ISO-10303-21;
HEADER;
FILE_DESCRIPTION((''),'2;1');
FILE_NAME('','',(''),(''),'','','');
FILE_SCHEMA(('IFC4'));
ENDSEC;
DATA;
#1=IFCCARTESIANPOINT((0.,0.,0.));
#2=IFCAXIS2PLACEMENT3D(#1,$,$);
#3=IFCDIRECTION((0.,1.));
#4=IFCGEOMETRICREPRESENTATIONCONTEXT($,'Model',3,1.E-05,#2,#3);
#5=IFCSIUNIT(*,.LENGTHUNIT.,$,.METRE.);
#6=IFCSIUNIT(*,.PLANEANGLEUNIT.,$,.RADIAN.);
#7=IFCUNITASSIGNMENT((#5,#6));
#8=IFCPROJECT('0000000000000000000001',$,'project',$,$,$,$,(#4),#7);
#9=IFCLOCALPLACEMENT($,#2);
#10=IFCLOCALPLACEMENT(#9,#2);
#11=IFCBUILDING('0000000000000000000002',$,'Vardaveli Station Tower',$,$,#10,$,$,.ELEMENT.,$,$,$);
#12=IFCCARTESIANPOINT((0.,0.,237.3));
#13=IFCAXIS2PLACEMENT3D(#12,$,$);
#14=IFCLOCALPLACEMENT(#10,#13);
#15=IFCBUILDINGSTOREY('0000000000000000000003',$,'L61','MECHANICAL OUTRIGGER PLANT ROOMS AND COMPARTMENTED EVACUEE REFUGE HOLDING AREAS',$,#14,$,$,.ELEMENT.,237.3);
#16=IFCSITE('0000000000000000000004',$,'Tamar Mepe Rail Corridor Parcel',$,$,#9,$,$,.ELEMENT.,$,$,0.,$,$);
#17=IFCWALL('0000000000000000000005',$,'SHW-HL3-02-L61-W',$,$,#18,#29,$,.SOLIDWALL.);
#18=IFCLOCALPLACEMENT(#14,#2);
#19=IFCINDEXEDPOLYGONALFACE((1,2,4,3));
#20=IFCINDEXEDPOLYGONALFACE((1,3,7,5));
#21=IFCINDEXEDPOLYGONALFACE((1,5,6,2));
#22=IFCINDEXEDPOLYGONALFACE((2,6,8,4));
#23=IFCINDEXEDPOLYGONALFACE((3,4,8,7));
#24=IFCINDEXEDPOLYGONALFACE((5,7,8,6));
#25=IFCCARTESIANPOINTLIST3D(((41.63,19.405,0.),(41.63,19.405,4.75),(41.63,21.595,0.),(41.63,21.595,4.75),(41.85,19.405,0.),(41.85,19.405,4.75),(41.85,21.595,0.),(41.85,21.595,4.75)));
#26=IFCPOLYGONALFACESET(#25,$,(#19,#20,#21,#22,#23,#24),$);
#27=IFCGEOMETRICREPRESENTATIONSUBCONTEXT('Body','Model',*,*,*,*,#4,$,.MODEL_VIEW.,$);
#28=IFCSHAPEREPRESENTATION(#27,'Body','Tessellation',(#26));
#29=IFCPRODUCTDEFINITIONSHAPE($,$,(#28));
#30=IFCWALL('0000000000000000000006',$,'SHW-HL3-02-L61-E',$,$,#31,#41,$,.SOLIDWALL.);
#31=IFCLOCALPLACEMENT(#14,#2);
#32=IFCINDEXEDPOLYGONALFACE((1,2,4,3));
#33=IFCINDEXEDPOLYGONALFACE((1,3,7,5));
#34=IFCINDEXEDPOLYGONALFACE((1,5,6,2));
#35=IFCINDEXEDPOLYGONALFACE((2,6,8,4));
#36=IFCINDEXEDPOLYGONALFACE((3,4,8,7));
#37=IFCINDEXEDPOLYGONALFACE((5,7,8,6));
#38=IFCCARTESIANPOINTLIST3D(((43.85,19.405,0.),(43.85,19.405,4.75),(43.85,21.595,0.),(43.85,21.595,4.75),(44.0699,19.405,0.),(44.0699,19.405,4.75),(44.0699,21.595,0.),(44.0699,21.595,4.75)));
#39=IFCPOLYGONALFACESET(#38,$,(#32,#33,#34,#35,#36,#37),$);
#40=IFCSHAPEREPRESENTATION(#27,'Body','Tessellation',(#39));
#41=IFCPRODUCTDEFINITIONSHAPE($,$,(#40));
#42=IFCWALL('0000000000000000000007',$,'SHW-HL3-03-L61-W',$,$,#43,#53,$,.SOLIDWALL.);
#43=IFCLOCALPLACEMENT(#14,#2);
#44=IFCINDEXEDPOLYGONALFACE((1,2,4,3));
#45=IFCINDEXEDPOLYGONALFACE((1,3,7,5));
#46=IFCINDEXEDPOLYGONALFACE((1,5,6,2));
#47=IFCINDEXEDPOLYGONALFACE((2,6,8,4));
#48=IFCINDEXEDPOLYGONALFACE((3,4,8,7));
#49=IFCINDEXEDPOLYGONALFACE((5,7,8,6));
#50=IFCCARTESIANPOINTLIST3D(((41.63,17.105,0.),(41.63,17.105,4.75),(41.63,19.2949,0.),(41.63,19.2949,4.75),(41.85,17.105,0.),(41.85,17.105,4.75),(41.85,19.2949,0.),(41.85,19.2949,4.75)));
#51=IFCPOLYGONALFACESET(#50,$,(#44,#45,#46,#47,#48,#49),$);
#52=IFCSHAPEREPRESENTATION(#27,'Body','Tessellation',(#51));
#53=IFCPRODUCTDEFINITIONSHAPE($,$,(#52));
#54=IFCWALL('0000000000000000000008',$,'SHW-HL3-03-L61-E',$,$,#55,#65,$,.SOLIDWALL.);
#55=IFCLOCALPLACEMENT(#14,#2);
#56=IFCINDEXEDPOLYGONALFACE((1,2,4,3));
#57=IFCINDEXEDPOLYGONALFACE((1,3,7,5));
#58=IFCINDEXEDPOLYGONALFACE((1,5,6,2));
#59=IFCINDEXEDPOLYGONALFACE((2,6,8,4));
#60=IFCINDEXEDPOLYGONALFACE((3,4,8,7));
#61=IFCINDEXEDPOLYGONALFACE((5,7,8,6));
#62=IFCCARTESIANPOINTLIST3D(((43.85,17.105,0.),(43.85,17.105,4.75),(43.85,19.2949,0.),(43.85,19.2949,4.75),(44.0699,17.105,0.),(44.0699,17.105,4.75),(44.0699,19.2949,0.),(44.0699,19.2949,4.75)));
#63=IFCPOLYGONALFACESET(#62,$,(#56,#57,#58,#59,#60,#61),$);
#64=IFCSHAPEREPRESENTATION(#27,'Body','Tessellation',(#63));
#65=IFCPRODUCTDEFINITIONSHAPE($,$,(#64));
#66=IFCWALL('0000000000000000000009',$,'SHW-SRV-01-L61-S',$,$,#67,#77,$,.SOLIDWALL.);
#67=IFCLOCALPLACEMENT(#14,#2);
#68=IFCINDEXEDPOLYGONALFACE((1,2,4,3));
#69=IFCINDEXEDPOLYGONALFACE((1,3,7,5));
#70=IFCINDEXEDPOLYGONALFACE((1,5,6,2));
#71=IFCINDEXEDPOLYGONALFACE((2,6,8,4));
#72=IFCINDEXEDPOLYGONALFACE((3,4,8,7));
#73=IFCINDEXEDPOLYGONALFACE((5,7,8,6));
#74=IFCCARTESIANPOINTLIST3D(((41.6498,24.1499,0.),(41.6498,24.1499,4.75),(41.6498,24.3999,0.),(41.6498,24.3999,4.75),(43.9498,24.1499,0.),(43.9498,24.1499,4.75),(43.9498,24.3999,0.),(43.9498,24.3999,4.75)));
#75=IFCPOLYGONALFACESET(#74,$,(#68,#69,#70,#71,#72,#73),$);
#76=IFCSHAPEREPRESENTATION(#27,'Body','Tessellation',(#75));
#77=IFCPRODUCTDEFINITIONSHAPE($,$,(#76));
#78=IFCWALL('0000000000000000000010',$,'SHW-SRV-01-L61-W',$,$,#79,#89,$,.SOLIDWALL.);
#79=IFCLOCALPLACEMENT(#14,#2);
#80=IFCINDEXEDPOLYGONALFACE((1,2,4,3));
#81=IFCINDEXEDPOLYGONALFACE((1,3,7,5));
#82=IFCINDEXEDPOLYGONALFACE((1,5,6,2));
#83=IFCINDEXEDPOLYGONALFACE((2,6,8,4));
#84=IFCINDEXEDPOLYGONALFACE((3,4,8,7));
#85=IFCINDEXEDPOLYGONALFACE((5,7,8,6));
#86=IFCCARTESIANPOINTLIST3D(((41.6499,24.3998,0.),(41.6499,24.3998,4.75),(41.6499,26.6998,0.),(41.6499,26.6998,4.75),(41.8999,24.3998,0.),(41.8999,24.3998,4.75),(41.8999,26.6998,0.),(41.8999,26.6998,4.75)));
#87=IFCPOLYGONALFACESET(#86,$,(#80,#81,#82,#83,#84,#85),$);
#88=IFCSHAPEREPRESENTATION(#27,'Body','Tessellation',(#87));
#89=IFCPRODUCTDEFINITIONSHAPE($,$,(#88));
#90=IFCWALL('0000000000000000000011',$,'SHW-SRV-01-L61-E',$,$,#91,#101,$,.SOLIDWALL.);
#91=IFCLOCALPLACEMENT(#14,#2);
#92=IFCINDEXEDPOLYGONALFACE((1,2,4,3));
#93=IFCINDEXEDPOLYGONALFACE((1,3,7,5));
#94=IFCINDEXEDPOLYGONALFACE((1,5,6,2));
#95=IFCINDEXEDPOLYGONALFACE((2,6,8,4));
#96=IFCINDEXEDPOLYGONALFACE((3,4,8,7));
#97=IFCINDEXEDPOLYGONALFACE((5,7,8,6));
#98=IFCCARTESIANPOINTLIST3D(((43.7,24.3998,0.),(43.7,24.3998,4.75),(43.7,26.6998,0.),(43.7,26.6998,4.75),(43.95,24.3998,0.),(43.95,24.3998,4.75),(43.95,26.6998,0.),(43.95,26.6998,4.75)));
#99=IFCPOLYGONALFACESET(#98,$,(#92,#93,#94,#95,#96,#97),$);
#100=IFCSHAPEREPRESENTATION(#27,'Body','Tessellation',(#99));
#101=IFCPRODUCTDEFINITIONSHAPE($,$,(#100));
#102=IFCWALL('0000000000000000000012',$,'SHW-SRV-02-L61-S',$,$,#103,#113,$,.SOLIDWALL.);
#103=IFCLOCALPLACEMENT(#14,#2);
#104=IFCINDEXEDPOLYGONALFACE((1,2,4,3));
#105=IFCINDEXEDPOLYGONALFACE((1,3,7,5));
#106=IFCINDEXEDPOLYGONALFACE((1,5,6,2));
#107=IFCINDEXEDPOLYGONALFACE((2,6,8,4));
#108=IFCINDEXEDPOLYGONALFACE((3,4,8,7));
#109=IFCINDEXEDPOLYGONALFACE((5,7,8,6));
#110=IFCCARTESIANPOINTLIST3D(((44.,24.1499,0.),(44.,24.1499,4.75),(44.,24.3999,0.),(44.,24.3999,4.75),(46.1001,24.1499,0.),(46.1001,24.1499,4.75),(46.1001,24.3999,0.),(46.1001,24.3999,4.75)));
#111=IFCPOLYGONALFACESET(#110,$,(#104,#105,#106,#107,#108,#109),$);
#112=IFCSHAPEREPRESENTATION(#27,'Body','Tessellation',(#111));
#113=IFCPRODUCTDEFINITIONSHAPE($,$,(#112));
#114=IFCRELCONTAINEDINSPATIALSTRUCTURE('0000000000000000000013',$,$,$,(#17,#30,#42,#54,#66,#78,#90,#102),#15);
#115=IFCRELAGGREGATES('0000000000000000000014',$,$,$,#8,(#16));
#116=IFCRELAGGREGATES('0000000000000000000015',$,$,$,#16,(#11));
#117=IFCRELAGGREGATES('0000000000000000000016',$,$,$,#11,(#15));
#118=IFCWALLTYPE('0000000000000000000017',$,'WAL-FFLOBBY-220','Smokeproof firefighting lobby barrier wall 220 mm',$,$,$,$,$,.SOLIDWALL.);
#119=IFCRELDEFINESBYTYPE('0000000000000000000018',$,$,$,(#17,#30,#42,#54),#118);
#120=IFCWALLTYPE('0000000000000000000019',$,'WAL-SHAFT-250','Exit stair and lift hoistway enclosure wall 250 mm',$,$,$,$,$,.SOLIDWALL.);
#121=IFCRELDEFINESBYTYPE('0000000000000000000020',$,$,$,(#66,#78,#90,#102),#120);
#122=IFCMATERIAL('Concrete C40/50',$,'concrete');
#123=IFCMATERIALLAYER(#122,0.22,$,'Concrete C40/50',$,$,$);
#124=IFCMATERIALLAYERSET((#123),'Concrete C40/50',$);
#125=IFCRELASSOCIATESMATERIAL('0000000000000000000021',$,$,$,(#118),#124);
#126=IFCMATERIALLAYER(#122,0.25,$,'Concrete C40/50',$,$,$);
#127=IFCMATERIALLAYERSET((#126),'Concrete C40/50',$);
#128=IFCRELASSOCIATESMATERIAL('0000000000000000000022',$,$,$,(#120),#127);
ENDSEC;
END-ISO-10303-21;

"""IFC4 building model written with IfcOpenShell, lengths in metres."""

from ifc_helpers import new_model, si_unit, direction, frame, frame_2d, origin, place, context, subcontext, project, spatial, rectangle, extrude, source, transform, mapped, material, layer, layer_set, type_object, element, save


model = new_model("IFC4")

# Units and contexts
model_context = context("Model", 3, precision=1e-05, world=origin(), true_north=direction((0.0, 1.0)))
body_context = subcontext(model_context, "Body", "Model", "MODEL_VIEW")
ifc_project = project(units=[si_unit("LENGTHUNIT", "METRE"), si_unit("PLANEANGLEUNIT", "RADIAN")], contexts=[model_context])

# Site, building, storey
site_placement = place(None, origin())
site = spatial("IfcSite", under=ifc_project, at=site_placement, Name="Tamar Mepe Rail Corridor Parcel", CompositionType="ELEMENT", RefElevation=0.0)
building_placement = place(site_placement, origin())
building = spatial("IfcBuilding", under=site, at=building_placement, Name="Vardaveli Station Tower", CompositionType="ELEMENT")
storey_placement = place(building_placement, frame((0.0, 0.0, 237.3)))
storey = spatial("IfcBuildingStorey", under=building, at=storey_placement, Name="L61", Description="MECHANICAL OUTRIGGER PLANT ROOMS AND COMPARTMENTED EVACUEE REFUGE HOLDING AREAS", CompositionType="ELEMENT", Elevation=237.3)

# Walls
ifc_material_1 = material(Name="Concrete C40/50", Category="concrete")
ifc_layer_1 = layer(ifc_material_1, 0.22, Name="Concrete C40/50")
ifc_layer_set_1 = layer_set([ifc_layer_1], Name="Concrete C40/50")
wall_type_1 = type_object("IfcWallType", Name="WAL-FFLOBBY-220", Description="Smokeproof firefighting lobby barrier wall 220 mm", PredefinedType="SOLIDWALL", material=ifc_layer_set_1)
shared_shape_1 = source(origin(), body_context, "Body", "SweptSolid", [
    extrude(rectangle(XDim=2.1899, YDim=0.22, at=frame_2d((1.095, 0.0))), origin(), (0.0, 0.0, 1.0), 4.75),
])
for number, where, z_axis, x_axis, name in (
    (1, (41.74, 19.405, 0.0), (0.0, 0.0, 1.0), (0.0, 1.0, 0.0), "SHW-HL3-02-L61-W"),
    (2, (43.96, 19.405, 0.0), (0.0, 0.0, 1.0), (0.0, 1.0, 0.0), "SHW-HL3-02-L61-E"),
    (3, (41.74, 17.105, 0.0), (0.0, 0.0, 1.0), (0.0, 1.0, 0.0), "SHW-HL3-03-L61-W"),
    (4, (43.96, 17.105, 0.0), (0.0, 0.0, 1.0), (0.0, 1.0, 0.0), "SHW-HL3-03-L61-E"),
):
    element("IfcWall", number, at=place(storey_placement, frame(where, z_axis=z_axis, x_axis=x_axis)), inside=storey, type_object=wall_type_1, Name=name, PredefinedType="SOLIDWALL", context=body_context, shape_type="MappedRepresentation", body=[
        mapped(shared_shape_1, transform((0.0, 0.0, 0.0), scale=1.0)),
    ])
ifc_layer_2 = layer(ifc_material_1, 0.25, Name="Concrete C40/50")
ifc_layer_set_2 = layer_set([ifc_layer_2], Name="Concrete C40/50")
wall_type_2 = type_object("IfcWallType", Name="WAL-SHAFT-250", Description="Exit stair and lift hoistway enclosure wall 250 mm", PredefinedType="SOLIDWALL", material=ifc_layer_set_2)
shared_shape_2 = source(origin(), body_context, "Body", "SweptSolid", [
    extrude(rectangle(XDim=2.3, YDim=0.25, at=frame_2d((1.1499, 0.0))), origin(), (0.0, 0.0, 1.0), 4.75),
])
for number, where, z_axis, x_axis, name in (
    (5, (41.6499, 24.2749, 0.0), (0.0, 0.0, 1.0), (1.0, 0.0, 0.0), "SHW-SRV-01-L61-S"),
    (6, (41.7749, 24.3999, 0.0), (0.0, 0.0, 1.0), (0.0, 1.0, 0.0), "SHW-SRV-01-L61-W"),
    (7, (43.825, 24.3999, 0.0), (0.0, 0.0, 1.0), (0.0, 1.0, 0.0), "SHW-SRV-01-L61-E"),
):
    element("IfcWall", number, at=place(storey_placement, frame(where, z_axis=z_axis, x_axis=x_axis)), inside=storey, type_object=wall_type_2, Name=name, PredefinedType="SOLIDWALL", context=body_context, shape_type="MappedRepresentation", body=[
        mapped(shared_shape_2, transform((0.0, 0.0, 0.0), scale=1.0)),
    ])
shared_shape_3 = source(origin(), body_context, "Body", "SweptSolid", [
    extrude(rectangle(XDim=2.1001, YDim=0.25, at=frame_2d((1.05, 0.0))), origin(), (0.0, 0.0, 1.0), 4.75),
])
wall_1_placement = place(storey_placement, frame((44.0, 24.2749, 0.0), z_axis=(0.0, 0.0, 1.0), x_axis=(1.0, 0.0, 0.0)))
element("IfcWall", 8, at=wall_1_placement, inside=storey, type_object=wall_type_2, Name="SHW-SRV-02-L61-S", PredefinedType="SOLIDWALL", context=body_context, shape_type="MappedRepresentation", body=[
    mapped(shared_shape_3, transform((0.0, 0.0, 0.0), scale=1.0)),
])

save(model, "model.ifc")
